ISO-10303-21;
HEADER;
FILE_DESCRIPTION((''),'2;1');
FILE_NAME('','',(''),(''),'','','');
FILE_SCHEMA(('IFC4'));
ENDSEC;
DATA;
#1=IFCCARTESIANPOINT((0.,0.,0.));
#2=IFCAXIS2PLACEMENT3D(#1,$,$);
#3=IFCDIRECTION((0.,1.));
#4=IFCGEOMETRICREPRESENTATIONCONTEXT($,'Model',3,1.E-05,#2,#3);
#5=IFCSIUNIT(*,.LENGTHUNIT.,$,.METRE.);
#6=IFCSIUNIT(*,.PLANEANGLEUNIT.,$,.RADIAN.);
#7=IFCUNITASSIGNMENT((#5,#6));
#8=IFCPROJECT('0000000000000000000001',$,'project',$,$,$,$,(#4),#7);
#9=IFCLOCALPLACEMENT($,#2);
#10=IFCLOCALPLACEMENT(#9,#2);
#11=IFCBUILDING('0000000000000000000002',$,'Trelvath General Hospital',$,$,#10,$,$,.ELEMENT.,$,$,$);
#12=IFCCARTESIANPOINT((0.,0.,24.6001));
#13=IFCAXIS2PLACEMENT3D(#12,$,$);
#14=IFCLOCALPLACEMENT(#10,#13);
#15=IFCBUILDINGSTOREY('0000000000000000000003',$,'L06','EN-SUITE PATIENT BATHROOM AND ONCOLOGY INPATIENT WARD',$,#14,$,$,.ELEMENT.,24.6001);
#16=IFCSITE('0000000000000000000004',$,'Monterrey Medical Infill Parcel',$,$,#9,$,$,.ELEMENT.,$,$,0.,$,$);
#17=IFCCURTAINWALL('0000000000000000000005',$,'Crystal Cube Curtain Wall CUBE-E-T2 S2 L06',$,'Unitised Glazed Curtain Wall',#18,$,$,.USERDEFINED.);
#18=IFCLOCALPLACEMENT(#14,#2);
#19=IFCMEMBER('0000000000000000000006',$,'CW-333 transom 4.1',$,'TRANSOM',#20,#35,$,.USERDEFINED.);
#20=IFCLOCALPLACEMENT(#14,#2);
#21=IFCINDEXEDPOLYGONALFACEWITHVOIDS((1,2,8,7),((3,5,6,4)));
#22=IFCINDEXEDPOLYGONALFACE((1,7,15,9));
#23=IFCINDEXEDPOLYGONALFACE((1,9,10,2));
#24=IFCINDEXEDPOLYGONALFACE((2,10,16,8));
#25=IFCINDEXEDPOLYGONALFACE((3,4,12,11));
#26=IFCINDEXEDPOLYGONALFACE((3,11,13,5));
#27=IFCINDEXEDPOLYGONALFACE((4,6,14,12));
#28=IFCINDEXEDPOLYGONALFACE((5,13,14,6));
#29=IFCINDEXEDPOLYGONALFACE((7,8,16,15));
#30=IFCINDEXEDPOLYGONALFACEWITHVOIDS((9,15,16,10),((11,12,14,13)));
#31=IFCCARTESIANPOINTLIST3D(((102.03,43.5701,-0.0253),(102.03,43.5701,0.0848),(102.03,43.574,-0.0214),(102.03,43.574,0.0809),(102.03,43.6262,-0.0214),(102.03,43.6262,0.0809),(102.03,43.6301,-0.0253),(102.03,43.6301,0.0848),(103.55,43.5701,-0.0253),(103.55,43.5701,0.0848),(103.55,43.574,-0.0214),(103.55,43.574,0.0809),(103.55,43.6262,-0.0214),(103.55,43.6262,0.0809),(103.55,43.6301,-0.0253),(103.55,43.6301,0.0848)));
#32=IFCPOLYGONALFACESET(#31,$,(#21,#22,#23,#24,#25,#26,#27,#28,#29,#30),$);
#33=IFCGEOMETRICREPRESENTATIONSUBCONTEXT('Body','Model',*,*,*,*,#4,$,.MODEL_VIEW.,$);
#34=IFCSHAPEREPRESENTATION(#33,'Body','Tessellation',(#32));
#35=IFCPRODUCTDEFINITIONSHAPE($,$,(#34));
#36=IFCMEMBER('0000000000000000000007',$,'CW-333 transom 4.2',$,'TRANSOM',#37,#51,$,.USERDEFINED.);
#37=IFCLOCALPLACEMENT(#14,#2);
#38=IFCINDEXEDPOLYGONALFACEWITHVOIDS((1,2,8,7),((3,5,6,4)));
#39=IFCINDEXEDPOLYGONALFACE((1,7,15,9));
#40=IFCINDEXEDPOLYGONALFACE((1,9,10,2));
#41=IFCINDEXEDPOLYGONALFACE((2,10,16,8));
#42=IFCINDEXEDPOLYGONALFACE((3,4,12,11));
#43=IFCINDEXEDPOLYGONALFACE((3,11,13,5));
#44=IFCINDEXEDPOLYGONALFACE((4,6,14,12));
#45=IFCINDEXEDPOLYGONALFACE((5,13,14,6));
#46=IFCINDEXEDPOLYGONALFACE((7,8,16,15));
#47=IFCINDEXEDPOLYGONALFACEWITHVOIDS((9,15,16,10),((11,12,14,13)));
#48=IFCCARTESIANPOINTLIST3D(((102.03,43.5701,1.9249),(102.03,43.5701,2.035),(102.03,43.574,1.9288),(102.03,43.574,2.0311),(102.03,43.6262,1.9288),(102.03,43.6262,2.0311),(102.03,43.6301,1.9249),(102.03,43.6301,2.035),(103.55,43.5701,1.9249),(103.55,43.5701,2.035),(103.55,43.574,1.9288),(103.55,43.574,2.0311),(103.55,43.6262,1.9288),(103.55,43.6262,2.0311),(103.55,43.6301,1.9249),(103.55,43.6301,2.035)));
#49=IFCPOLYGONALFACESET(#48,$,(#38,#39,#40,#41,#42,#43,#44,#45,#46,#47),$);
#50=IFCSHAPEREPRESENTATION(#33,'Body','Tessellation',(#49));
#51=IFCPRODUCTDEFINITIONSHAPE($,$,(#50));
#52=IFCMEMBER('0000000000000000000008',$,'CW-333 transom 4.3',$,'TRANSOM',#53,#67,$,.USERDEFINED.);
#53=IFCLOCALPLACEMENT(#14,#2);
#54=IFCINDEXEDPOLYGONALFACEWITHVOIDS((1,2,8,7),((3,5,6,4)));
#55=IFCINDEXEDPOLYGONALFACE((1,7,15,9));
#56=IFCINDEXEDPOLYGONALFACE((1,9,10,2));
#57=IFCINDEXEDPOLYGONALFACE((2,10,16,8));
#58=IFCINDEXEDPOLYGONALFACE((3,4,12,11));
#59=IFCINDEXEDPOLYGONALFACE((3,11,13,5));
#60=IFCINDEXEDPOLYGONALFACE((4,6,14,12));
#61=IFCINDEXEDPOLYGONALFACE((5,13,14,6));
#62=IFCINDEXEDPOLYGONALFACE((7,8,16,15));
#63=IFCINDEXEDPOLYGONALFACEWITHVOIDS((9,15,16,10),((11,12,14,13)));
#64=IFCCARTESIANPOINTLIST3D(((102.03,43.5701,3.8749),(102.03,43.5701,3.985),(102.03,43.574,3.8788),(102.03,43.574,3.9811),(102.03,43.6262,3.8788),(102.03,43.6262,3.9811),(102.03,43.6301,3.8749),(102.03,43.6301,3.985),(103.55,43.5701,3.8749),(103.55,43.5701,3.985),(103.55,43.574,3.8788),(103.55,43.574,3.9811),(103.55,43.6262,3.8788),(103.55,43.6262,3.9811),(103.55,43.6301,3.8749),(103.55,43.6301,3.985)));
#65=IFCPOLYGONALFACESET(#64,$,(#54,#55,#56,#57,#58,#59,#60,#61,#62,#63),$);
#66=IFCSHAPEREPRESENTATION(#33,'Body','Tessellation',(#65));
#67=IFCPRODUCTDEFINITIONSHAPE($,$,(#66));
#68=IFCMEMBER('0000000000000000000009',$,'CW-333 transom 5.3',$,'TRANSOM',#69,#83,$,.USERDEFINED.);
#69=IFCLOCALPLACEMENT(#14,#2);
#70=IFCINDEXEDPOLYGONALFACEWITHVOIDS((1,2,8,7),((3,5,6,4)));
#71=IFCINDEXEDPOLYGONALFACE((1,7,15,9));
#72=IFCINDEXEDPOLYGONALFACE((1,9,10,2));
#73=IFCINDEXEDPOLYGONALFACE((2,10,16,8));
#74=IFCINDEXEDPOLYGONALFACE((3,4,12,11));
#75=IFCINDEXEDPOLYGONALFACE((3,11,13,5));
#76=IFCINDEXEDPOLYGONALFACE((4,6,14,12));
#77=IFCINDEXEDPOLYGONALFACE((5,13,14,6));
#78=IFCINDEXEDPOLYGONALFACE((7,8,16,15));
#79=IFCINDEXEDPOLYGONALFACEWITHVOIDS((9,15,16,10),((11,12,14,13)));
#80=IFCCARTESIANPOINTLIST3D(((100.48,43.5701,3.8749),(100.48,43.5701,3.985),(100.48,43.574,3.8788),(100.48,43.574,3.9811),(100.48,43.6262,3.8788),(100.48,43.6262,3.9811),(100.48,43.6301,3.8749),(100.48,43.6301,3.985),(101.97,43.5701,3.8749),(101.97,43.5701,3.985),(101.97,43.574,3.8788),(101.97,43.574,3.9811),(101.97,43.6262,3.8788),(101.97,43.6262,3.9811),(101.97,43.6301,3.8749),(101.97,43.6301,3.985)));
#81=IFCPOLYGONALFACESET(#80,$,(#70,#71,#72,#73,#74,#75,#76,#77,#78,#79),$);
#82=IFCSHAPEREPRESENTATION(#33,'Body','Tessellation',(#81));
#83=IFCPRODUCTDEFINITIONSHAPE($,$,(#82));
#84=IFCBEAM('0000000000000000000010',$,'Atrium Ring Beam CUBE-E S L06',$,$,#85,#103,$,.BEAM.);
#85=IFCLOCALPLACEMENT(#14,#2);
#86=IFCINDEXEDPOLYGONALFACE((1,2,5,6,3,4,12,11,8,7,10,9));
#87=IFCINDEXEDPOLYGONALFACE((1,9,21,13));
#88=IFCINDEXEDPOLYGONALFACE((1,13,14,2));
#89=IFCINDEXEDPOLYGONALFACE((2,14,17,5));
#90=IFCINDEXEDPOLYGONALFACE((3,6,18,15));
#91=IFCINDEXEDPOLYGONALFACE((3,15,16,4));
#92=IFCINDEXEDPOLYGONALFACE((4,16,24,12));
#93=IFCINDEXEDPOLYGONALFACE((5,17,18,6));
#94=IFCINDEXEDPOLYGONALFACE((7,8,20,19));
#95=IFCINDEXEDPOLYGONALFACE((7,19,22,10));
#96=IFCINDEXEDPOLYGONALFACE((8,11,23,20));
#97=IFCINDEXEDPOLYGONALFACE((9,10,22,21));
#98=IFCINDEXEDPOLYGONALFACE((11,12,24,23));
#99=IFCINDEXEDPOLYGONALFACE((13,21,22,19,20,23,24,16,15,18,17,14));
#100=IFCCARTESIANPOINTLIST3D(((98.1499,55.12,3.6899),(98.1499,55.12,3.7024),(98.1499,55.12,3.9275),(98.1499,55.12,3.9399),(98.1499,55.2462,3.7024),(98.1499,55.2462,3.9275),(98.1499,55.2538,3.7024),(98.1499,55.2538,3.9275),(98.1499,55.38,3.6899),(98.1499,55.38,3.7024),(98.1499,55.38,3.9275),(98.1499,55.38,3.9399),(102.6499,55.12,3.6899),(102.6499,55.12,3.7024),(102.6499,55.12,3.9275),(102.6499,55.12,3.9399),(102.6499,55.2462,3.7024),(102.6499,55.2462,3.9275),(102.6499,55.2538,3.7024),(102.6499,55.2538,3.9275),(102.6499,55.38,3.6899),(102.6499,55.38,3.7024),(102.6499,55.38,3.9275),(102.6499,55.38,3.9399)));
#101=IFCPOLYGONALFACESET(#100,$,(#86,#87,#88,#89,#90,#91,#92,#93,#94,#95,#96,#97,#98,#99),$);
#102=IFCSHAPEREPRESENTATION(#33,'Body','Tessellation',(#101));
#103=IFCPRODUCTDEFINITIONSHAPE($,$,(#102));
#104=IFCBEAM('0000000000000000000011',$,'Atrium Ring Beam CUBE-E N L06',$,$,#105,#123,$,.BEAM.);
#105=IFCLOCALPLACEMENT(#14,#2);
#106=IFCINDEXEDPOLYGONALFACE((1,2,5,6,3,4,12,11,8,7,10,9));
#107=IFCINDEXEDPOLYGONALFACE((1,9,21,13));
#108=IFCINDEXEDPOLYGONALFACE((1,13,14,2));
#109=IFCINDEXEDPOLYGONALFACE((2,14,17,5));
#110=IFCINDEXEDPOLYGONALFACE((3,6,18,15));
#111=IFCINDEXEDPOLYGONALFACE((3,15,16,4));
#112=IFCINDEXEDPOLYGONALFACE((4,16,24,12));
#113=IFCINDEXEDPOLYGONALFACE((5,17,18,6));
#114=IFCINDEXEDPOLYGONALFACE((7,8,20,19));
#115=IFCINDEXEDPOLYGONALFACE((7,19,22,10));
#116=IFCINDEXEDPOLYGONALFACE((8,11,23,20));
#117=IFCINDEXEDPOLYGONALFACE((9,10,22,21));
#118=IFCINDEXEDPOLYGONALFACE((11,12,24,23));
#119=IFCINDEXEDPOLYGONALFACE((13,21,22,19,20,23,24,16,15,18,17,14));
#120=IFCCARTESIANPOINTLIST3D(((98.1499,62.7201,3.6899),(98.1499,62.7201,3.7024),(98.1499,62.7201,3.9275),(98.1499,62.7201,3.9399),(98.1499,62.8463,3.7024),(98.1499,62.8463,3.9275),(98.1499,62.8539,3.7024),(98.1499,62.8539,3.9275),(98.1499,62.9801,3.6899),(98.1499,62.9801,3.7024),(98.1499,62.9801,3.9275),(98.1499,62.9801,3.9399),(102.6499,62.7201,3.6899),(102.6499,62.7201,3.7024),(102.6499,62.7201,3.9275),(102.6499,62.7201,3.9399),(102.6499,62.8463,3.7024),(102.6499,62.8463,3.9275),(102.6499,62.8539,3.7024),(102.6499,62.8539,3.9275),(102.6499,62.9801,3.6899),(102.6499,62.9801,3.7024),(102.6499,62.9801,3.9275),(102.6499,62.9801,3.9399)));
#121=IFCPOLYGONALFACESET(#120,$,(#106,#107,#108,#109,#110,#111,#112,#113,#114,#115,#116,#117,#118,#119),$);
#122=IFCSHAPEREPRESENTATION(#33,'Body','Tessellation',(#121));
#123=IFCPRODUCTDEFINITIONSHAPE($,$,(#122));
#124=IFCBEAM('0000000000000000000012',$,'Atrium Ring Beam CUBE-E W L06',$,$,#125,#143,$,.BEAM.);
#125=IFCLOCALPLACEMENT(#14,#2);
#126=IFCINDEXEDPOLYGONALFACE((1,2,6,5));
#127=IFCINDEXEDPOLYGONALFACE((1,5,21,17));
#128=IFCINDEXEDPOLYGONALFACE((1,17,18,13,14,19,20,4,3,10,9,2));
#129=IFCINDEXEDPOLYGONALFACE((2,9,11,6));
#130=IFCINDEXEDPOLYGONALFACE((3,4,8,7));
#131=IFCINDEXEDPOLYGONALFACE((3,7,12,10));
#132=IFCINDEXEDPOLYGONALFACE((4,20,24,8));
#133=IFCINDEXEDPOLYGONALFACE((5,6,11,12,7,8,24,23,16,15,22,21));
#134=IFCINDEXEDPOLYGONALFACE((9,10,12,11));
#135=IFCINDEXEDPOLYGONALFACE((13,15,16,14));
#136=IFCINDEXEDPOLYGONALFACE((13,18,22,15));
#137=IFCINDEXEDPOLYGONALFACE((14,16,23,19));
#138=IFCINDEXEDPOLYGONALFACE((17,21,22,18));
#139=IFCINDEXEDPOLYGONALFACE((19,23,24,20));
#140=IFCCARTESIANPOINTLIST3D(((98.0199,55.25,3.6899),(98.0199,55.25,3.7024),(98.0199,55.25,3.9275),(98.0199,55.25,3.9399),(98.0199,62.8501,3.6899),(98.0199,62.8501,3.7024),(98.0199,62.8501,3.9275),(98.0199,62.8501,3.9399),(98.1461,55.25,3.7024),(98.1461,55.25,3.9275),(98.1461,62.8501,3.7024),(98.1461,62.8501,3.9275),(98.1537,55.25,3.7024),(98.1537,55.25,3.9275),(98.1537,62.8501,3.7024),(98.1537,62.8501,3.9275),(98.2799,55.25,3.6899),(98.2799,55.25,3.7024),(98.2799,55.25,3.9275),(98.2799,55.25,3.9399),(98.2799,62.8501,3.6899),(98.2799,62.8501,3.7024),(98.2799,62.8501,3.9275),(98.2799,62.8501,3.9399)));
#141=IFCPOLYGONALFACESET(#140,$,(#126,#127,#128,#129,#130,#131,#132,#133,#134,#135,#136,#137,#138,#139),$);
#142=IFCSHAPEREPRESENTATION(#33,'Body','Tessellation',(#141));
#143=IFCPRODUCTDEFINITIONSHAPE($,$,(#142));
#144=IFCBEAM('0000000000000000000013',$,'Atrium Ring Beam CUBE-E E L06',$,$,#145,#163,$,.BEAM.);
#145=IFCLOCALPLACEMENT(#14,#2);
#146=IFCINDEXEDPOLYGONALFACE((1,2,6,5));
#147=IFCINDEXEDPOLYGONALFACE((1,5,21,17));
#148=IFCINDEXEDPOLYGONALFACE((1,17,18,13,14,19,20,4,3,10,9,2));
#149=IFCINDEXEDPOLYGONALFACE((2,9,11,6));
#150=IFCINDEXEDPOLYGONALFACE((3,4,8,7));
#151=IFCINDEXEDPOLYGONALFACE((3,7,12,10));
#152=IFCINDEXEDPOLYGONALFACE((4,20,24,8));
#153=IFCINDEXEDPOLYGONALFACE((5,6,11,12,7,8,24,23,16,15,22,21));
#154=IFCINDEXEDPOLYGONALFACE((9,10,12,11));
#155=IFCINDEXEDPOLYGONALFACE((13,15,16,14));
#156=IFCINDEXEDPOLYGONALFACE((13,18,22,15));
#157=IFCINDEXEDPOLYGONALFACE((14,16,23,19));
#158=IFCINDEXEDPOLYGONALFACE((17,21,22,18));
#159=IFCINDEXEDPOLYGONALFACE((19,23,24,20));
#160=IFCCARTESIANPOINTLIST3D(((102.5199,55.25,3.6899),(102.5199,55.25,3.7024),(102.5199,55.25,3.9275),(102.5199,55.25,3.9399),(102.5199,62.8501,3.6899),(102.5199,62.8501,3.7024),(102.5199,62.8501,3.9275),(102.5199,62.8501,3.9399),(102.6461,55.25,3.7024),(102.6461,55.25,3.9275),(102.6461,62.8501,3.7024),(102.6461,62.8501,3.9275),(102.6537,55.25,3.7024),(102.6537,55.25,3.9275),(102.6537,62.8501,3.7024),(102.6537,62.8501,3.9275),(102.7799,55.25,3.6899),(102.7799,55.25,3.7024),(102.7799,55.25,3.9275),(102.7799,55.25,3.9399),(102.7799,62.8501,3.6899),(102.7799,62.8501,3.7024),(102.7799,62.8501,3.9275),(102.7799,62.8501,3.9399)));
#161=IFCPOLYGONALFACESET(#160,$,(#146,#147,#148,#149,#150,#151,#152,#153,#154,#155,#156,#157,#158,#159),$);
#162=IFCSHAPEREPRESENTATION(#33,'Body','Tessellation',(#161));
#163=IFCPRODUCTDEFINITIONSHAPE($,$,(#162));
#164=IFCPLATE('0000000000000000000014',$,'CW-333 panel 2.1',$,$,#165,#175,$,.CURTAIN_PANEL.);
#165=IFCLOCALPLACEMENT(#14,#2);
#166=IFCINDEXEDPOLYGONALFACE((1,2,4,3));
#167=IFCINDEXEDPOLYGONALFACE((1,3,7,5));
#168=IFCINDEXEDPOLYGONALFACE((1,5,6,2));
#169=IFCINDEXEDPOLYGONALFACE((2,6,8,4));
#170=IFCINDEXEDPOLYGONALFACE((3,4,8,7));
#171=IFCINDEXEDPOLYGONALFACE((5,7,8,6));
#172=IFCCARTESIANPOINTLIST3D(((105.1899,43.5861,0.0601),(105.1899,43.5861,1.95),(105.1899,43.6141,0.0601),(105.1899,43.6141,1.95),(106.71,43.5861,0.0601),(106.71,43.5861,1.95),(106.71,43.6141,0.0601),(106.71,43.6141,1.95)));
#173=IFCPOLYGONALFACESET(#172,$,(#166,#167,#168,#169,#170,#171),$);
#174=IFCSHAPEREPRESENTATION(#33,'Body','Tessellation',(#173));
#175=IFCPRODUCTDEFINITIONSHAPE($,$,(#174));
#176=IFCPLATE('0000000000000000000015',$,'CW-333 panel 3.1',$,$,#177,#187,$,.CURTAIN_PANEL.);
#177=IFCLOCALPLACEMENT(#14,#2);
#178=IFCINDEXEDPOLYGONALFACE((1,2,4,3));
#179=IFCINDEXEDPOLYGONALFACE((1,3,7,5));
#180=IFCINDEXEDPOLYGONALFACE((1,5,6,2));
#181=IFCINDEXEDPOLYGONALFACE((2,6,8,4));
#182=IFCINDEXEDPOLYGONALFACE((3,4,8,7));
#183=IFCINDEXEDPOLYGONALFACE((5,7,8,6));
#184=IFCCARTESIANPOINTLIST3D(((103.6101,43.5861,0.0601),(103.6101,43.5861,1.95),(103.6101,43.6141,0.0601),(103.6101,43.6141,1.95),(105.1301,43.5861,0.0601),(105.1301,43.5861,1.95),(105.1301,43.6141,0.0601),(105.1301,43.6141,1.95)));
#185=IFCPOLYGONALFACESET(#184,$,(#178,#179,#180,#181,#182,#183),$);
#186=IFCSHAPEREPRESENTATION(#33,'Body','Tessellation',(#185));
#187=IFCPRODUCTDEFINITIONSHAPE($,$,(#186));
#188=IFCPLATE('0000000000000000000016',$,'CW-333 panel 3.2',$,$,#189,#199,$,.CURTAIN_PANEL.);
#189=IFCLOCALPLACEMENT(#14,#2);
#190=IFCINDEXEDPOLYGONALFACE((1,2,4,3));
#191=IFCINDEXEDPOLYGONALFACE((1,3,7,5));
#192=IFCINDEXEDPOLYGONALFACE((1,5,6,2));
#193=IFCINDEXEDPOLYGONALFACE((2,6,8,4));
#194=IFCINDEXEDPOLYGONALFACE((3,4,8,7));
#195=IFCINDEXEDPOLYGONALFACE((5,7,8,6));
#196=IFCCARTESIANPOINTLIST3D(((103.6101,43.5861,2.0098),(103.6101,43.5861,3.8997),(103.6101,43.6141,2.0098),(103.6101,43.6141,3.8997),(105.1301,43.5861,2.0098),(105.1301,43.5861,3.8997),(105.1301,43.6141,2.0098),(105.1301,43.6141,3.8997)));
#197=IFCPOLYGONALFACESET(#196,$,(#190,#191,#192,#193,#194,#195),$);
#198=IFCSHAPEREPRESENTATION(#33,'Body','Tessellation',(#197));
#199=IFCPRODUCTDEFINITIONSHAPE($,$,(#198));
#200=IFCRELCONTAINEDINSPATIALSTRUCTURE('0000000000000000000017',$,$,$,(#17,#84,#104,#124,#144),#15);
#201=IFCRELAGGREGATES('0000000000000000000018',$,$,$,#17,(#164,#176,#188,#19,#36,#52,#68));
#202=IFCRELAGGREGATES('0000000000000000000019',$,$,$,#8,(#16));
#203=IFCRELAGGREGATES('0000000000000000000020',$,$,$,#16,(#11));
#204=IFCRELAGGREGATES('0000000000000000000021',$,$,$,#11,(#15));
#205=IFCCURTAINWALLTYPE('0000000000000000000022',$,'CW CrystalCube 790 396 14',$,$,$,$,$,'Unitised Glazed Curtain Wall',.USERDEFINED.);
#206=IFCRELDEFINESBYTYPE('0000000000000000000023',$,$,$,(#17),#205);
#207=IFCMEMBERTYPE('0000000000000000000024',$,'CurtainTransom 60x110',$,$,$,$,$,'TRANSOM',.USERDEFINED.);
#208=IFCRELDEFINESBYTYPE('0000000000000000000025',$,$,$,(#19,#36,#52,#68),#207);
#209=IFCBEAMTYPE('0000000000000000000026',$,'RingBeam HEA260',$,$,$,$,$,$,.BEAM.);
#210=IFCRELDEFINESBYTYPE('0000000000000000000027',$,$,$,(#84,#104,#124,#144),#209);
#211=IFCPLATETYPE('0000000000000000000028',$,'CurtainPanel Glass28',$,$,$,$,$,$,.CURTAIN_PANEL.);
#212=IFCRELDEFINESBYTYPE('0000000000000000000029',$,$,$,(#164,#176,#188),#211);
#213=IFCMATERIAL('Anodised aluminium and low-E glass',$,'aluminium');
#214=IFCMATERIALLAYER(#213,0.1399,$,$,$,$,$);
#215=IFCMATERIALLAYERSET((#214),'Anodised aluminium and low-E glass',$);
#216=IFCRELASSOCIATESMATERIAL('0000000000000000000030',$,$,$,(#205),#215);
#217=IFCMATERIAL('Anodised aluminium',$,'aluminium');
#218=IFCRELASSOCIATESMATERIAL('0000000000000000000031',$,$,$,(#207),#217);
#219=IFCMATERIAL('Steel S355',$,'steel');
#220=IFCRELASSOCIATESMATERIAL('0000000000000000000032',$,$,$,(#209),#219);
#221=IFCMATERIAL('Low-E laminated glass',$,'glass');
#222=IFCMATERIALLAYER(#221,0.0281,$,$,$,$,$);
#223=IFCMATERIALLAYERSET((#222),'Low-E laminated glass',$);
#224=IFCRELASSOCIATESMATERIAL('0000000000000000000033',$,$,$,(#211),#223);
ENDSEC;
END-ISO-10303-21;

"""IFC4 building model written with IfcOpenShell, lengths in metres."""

from ifc_helpers import new_model, si_unit, direction, frame, origin, origin_2d, place, context, subcontext, project, spatial, rectangle, hollow_rectangle, i_section, extrude, material, layer, layer_set, material_profile, profile_set, type_object, element, aggregate, save


model = new_model("IFC4")

# Units and contexts
model_context = context("Model", 3, precision=1e-05, world=origin(), true_north=direction((0.0, 1.0)))
body_context = subcontext(model_context, "Body", "Model", "MODEL_VIEW")
ifc_project = project(units=[si_unit("LENGTHUNIT", "METRE"), si_unit("PLANEANGLEUNIT", "RADIAN")], contexts=[model_context])

# Site, building, storey
site_placement = place(None, origin())
site = spatial("IfcSite", under=ifc_project, at=site_placement, Name="Monterrey Medical Infill Parcel", CompositionType="ELEMENT", RefElevation=0.0)
building_placement = place(site_placement, origin())
building = spatial("IfcBuilding", under=site, at=building_placement, Name="Trelvath General Hospital", CompositionType="ELEMENT")
storey_placement = place(building_placement, frame((0.0, 0.0, 24.6001)))
storey = spatial("IfcBuildingStorey", under=building, at=storey_placement, Name="L06", Description="EN-SUITE PATIENT BATHROOM AND ONCOLOGY INPATIENT WARD", CompositionType="ELEMENT", Elevation=24.6001)

# Curtain wall, members
ifc_material_1 = material(Name="Anodised aluminium and low-E glass", Category="aluminium")
ifc_layer_1 = layer(ifc_material_1, 0.1399)
ifc_layer_set_1 = layer_set([ifc_layer_1], Name="Anodised aluminium and low-E glass")
curtain_wall_type = type_object("IfcCurtainWallType", Name="CW CrystalCube 790 396 14", ElementType="Unitised Glazed Curtain Wall", PredefinedType="USERDEFINED", material=ifc_layer_set_1)
curtain_wall_placement = place(storey_placement, origin())
curtain_wall = element("IfcCurtainWall", 1, at=curtain_wall_placement, inside=storey, type_object=curtain_wall_type, Name="Crystal Cube Curtain Wall CUBE-E-T2 S2 L06", ObjectType="Unitised Glazed Curtain Wall", PredefinedType="USERDEFINED")
ifc_material_2 = material(Name="Anodised aluminium", Category="aluminium")
ifc_material_profile_1 = material_profile(ifc_material_2, hollow_rectangle(XDim=0.0601, YDim=0.1101, WallThickness=0.0039, at=origin_2d()), Name="RHS60x110x4")
ifc_profile_set_1 = profile_set([ifc_material_profile_1], Name="Anodised aluminium")
member_type_1 = type_object("IfcMemberType", Name="CurtainTransom 60x110", ElementType="TRANSOM", PredefinedType="USERDEFINED", material=ifc_profile_set_1)
member_1_placement = place(storey_placement, frame((103.55, 43.6001, 0.0298), z_axis=(-1.0, 0.0, 0.0), x_axis=(0.0, -1.0, 0.0)))
member_1 = element("IfcMember", 2, at=member_1_placement, type_object=member_type_1, Name="CW-333 transom 4.1", ObjectType="TRANSOM", PredefinedType="USERDEFINED", context=body_context, shape_type="SweptSolid", body=[
    extrude(hollow_rectangle(XDim=0.0601, YDim=0.1101, WallThickness=0.0039, at=origin_2d()), origin(), (0.0, 0.0, 1.0), 1.52),
])
member_2_placement = place(storey_placement, frame((103.55, 43.6001, 1.98), z_axis=(-1.0, 0.0, 0.0), x_axis=(0.0, -1.0, 0.0)))
member_2 = element("IfcMember", 3, at=member_2_placement, type_object=member_type_1, Name="CW-333 transom 4.2", ObjectType="TRANSOM", PredefinedType="USERDEFINED", context=body_context, shape_type="SweptSolid", body=[
    extrude(hollow_rectangle(XDim=0.0601, YDim=0.1101, WallThickness=0.0039, at=origin_2d()), origin(), (0.0, 0.0, 1.0), 1.52),
])
member_3_placement = place(storey_placement, frame((103.55, 43.6001, 3.9299), z_axis=(-1.0, 0.0, 0.0), x_axis=(0.0, -1.0, 0.0)))
member_3 = element("IfcMember", 4, at=member_3_placement, type_object=member_type_1, Name="CW-333 transom 4.3", ObjectType="TRANSOM", PredefinedType="USERDEFINED", context=body_context, shape_type="SweptSolid", body=[
    extrude(hollow_rectangle(XDim=0.0601, YDim=0.1101, WallThickness=0.0039, at=origin_2d()), origin(), (0.0, 0.0, 1.0), 1.52),
])
member_4_placement = place(storey_placement, frame((101.97, 43.6001, 3.9299), z_axis=(-1.0, 0.0, 0.0), x_axis=(0.0, -1.0, 0.0)))
member_4 = element("IfcMember", 5, at=member_4_placement, type_object=member_type_1, Name="CW-333 transom 5.3", ObjectType="TRANSOM", PredefinedType="USERDEFINED", context=body_context, shape_type="SweptSolid", body=[
    extrude(hollow_rectangle(XDim=0.0601, YDim=0.1101, WallThickness=0.0039, at=origin_2d()), origin(), (0.0, 0.0, 1.0), 1.49),
])

# Beams
ifc_material_3 = material(Name="Steel S355", Category="steel")
ifc_material_profile_2 = material_profile(ifc_material_3, i_section(OverallWidth=0.26, OverallDepth=0.25, WebThickness=0.0076, FlangeThickness=0.0125, at=origin_2d()), Name="HEA260")
ifc_profile_set_2 = profile_set([ifc_material_profile_2], Name="Steel S355")
beam_type = type_object("IfcBeamType", Name="RingBeam HEA260", PredefinedType="BEAM", material=ifc_profile_set_2)
for number, where, z_axis, x_axis, name in (
    (6, (98.1499, 55.25, 3.8149), (1.0, 0.0, 0.0), (0.0, 1.0, 0.0), "Atrium Ring Beam CUBE-E S L06"),
    (7, (98.1499, 62.8501, 3.8149), (1.0, 0.0, 0.0), (0.0, 1.0, 0.0), "Atrium Ring Beam CUBE-E N L06"),
):
    element("IfcBeam", number, at=place(storey_placement, frame(where, z_axis=z_axis, x_axis=x_axis)), inside=storey, type_object=beam_type, Name=name, PredefinedType="BEAM", context=body_context, shape_type="SweptSolid", body=[
        extrude(i_section(OverallWidth=0.26, OverallDepth=0.25, WebThickness=0.0076, FlangeThickness=0.0125, at=origin_2d()), origin(), (0.0, 0.0, 1.0), 4.5),
    ])
for number, where, z_axis, x_axis, name in (
    (8, (98.1499, 55.25, 3.8149), (0.0, 1.0, 0.0), (-1.0, 0.0, 0.0), "Atrium Ring Beam CUBE-E W L06"),
    (9, (102.6499, 55.25, 3.8149), (0.0, 1.0, 0.0), (-1.0, 0.0, 0.0), "Atrium Ring Beam CUBE-E E L06"),
):
    element("IfcBeam", number, at=place(storey_placement, frame(where, z_axis=z_axis, x_axis=x_axis)), inside=storey, type_object=beam_type, Name=name, PredefinedType="BEAM", context=body_context, shape_type="SweptSolid", body=[
        extrude(i_section(OverallWidth=0.26, OverallDepth=0.25, WebThickness=0.0076, FlangeThickness=0.0125, at=origin_2d()), origin(), (0.0, 0.0, 1.0), 7.6001),
    ])

# Plates
ifc_material_4 = material(Name="Low-E laminated glass", Category="glass")
ifc_layer_2 = layer(ifc_material_4, 0.0281)
ifc_layer_set_2 = layer_set([ifc_layer_2], Name="Low-E laminated glass")
plate_type = type_object("IfcPlateType", Name="CurtainPanel Glass28", PredefinedType="CURTAIN_PANEL", material=ifc_layer_set_2)
plate_1_placement = place(storey_placement, frame((105.95, 43.6001, 0.0601), z_axis=(0.0, 0.0, 1.0), x_axis=(-1.0, 0.0, 0.0)))
plate_1 = element("IfcPlate", 10, at=plate_1_placement, type_object=plate_type, Name="CW-333 panel 2.1", PredefinedType="CURTAIN_PANEL", context=body_context, shape_type="SweptSolid", body=[
    extrude(rectangle(XDim=1.52, YDim=0.0281, at=origin_2d()), origin(), (0.0, 0.0, 1.0), 1.8899),
])
plate_2_placement = place(storey_placement, frame((104.3701, 43.6001, 0.0601), z_axis=(0.0, 0.0, 1.0), x_axis=(-1.0, 0.0, 0.0)))
plate_2 = element("IfcPlate", 11, at=plate_2_placement, type_object=plate_type, Name="CW-333 panel 3.1", PredefinedType="CURTAIN_PANEL", context=body_context, shape_type="SweptSolid", body=[
    extrude(rectangle(XDim=1.52, YDim=0.0281, at=origin_2d()), origin(), (0.0, 0.0, 1.0), 1.8899),
])
plate_3_placement = place(storey_placement, frame((104.3701, 43.6001, 2.0098), z_axis=(0.0, 0.0, 1.0), x_axis=(-1.0, 0.0, 0.0)))
plate_3 = element("IfcPlate", 12, at=plate_3_placement, type_object=plate_type, Name="CW-333 panel 3.2", PredefinedType="CURTAIN_PANEL", context=body_context, shape_type="SweptSolid", body=[
    extrude(rectangle(XDim=1.52, YDim=0.0281, at=origin_2d()), origin(), (0.0, 0.0, 1.0), 1.8899),
])
aggregate(curtain_wall, [plate_1, plate_2, plate_3, member_1, member_2, member_3, member_4])

save(model, "model.ifc")
